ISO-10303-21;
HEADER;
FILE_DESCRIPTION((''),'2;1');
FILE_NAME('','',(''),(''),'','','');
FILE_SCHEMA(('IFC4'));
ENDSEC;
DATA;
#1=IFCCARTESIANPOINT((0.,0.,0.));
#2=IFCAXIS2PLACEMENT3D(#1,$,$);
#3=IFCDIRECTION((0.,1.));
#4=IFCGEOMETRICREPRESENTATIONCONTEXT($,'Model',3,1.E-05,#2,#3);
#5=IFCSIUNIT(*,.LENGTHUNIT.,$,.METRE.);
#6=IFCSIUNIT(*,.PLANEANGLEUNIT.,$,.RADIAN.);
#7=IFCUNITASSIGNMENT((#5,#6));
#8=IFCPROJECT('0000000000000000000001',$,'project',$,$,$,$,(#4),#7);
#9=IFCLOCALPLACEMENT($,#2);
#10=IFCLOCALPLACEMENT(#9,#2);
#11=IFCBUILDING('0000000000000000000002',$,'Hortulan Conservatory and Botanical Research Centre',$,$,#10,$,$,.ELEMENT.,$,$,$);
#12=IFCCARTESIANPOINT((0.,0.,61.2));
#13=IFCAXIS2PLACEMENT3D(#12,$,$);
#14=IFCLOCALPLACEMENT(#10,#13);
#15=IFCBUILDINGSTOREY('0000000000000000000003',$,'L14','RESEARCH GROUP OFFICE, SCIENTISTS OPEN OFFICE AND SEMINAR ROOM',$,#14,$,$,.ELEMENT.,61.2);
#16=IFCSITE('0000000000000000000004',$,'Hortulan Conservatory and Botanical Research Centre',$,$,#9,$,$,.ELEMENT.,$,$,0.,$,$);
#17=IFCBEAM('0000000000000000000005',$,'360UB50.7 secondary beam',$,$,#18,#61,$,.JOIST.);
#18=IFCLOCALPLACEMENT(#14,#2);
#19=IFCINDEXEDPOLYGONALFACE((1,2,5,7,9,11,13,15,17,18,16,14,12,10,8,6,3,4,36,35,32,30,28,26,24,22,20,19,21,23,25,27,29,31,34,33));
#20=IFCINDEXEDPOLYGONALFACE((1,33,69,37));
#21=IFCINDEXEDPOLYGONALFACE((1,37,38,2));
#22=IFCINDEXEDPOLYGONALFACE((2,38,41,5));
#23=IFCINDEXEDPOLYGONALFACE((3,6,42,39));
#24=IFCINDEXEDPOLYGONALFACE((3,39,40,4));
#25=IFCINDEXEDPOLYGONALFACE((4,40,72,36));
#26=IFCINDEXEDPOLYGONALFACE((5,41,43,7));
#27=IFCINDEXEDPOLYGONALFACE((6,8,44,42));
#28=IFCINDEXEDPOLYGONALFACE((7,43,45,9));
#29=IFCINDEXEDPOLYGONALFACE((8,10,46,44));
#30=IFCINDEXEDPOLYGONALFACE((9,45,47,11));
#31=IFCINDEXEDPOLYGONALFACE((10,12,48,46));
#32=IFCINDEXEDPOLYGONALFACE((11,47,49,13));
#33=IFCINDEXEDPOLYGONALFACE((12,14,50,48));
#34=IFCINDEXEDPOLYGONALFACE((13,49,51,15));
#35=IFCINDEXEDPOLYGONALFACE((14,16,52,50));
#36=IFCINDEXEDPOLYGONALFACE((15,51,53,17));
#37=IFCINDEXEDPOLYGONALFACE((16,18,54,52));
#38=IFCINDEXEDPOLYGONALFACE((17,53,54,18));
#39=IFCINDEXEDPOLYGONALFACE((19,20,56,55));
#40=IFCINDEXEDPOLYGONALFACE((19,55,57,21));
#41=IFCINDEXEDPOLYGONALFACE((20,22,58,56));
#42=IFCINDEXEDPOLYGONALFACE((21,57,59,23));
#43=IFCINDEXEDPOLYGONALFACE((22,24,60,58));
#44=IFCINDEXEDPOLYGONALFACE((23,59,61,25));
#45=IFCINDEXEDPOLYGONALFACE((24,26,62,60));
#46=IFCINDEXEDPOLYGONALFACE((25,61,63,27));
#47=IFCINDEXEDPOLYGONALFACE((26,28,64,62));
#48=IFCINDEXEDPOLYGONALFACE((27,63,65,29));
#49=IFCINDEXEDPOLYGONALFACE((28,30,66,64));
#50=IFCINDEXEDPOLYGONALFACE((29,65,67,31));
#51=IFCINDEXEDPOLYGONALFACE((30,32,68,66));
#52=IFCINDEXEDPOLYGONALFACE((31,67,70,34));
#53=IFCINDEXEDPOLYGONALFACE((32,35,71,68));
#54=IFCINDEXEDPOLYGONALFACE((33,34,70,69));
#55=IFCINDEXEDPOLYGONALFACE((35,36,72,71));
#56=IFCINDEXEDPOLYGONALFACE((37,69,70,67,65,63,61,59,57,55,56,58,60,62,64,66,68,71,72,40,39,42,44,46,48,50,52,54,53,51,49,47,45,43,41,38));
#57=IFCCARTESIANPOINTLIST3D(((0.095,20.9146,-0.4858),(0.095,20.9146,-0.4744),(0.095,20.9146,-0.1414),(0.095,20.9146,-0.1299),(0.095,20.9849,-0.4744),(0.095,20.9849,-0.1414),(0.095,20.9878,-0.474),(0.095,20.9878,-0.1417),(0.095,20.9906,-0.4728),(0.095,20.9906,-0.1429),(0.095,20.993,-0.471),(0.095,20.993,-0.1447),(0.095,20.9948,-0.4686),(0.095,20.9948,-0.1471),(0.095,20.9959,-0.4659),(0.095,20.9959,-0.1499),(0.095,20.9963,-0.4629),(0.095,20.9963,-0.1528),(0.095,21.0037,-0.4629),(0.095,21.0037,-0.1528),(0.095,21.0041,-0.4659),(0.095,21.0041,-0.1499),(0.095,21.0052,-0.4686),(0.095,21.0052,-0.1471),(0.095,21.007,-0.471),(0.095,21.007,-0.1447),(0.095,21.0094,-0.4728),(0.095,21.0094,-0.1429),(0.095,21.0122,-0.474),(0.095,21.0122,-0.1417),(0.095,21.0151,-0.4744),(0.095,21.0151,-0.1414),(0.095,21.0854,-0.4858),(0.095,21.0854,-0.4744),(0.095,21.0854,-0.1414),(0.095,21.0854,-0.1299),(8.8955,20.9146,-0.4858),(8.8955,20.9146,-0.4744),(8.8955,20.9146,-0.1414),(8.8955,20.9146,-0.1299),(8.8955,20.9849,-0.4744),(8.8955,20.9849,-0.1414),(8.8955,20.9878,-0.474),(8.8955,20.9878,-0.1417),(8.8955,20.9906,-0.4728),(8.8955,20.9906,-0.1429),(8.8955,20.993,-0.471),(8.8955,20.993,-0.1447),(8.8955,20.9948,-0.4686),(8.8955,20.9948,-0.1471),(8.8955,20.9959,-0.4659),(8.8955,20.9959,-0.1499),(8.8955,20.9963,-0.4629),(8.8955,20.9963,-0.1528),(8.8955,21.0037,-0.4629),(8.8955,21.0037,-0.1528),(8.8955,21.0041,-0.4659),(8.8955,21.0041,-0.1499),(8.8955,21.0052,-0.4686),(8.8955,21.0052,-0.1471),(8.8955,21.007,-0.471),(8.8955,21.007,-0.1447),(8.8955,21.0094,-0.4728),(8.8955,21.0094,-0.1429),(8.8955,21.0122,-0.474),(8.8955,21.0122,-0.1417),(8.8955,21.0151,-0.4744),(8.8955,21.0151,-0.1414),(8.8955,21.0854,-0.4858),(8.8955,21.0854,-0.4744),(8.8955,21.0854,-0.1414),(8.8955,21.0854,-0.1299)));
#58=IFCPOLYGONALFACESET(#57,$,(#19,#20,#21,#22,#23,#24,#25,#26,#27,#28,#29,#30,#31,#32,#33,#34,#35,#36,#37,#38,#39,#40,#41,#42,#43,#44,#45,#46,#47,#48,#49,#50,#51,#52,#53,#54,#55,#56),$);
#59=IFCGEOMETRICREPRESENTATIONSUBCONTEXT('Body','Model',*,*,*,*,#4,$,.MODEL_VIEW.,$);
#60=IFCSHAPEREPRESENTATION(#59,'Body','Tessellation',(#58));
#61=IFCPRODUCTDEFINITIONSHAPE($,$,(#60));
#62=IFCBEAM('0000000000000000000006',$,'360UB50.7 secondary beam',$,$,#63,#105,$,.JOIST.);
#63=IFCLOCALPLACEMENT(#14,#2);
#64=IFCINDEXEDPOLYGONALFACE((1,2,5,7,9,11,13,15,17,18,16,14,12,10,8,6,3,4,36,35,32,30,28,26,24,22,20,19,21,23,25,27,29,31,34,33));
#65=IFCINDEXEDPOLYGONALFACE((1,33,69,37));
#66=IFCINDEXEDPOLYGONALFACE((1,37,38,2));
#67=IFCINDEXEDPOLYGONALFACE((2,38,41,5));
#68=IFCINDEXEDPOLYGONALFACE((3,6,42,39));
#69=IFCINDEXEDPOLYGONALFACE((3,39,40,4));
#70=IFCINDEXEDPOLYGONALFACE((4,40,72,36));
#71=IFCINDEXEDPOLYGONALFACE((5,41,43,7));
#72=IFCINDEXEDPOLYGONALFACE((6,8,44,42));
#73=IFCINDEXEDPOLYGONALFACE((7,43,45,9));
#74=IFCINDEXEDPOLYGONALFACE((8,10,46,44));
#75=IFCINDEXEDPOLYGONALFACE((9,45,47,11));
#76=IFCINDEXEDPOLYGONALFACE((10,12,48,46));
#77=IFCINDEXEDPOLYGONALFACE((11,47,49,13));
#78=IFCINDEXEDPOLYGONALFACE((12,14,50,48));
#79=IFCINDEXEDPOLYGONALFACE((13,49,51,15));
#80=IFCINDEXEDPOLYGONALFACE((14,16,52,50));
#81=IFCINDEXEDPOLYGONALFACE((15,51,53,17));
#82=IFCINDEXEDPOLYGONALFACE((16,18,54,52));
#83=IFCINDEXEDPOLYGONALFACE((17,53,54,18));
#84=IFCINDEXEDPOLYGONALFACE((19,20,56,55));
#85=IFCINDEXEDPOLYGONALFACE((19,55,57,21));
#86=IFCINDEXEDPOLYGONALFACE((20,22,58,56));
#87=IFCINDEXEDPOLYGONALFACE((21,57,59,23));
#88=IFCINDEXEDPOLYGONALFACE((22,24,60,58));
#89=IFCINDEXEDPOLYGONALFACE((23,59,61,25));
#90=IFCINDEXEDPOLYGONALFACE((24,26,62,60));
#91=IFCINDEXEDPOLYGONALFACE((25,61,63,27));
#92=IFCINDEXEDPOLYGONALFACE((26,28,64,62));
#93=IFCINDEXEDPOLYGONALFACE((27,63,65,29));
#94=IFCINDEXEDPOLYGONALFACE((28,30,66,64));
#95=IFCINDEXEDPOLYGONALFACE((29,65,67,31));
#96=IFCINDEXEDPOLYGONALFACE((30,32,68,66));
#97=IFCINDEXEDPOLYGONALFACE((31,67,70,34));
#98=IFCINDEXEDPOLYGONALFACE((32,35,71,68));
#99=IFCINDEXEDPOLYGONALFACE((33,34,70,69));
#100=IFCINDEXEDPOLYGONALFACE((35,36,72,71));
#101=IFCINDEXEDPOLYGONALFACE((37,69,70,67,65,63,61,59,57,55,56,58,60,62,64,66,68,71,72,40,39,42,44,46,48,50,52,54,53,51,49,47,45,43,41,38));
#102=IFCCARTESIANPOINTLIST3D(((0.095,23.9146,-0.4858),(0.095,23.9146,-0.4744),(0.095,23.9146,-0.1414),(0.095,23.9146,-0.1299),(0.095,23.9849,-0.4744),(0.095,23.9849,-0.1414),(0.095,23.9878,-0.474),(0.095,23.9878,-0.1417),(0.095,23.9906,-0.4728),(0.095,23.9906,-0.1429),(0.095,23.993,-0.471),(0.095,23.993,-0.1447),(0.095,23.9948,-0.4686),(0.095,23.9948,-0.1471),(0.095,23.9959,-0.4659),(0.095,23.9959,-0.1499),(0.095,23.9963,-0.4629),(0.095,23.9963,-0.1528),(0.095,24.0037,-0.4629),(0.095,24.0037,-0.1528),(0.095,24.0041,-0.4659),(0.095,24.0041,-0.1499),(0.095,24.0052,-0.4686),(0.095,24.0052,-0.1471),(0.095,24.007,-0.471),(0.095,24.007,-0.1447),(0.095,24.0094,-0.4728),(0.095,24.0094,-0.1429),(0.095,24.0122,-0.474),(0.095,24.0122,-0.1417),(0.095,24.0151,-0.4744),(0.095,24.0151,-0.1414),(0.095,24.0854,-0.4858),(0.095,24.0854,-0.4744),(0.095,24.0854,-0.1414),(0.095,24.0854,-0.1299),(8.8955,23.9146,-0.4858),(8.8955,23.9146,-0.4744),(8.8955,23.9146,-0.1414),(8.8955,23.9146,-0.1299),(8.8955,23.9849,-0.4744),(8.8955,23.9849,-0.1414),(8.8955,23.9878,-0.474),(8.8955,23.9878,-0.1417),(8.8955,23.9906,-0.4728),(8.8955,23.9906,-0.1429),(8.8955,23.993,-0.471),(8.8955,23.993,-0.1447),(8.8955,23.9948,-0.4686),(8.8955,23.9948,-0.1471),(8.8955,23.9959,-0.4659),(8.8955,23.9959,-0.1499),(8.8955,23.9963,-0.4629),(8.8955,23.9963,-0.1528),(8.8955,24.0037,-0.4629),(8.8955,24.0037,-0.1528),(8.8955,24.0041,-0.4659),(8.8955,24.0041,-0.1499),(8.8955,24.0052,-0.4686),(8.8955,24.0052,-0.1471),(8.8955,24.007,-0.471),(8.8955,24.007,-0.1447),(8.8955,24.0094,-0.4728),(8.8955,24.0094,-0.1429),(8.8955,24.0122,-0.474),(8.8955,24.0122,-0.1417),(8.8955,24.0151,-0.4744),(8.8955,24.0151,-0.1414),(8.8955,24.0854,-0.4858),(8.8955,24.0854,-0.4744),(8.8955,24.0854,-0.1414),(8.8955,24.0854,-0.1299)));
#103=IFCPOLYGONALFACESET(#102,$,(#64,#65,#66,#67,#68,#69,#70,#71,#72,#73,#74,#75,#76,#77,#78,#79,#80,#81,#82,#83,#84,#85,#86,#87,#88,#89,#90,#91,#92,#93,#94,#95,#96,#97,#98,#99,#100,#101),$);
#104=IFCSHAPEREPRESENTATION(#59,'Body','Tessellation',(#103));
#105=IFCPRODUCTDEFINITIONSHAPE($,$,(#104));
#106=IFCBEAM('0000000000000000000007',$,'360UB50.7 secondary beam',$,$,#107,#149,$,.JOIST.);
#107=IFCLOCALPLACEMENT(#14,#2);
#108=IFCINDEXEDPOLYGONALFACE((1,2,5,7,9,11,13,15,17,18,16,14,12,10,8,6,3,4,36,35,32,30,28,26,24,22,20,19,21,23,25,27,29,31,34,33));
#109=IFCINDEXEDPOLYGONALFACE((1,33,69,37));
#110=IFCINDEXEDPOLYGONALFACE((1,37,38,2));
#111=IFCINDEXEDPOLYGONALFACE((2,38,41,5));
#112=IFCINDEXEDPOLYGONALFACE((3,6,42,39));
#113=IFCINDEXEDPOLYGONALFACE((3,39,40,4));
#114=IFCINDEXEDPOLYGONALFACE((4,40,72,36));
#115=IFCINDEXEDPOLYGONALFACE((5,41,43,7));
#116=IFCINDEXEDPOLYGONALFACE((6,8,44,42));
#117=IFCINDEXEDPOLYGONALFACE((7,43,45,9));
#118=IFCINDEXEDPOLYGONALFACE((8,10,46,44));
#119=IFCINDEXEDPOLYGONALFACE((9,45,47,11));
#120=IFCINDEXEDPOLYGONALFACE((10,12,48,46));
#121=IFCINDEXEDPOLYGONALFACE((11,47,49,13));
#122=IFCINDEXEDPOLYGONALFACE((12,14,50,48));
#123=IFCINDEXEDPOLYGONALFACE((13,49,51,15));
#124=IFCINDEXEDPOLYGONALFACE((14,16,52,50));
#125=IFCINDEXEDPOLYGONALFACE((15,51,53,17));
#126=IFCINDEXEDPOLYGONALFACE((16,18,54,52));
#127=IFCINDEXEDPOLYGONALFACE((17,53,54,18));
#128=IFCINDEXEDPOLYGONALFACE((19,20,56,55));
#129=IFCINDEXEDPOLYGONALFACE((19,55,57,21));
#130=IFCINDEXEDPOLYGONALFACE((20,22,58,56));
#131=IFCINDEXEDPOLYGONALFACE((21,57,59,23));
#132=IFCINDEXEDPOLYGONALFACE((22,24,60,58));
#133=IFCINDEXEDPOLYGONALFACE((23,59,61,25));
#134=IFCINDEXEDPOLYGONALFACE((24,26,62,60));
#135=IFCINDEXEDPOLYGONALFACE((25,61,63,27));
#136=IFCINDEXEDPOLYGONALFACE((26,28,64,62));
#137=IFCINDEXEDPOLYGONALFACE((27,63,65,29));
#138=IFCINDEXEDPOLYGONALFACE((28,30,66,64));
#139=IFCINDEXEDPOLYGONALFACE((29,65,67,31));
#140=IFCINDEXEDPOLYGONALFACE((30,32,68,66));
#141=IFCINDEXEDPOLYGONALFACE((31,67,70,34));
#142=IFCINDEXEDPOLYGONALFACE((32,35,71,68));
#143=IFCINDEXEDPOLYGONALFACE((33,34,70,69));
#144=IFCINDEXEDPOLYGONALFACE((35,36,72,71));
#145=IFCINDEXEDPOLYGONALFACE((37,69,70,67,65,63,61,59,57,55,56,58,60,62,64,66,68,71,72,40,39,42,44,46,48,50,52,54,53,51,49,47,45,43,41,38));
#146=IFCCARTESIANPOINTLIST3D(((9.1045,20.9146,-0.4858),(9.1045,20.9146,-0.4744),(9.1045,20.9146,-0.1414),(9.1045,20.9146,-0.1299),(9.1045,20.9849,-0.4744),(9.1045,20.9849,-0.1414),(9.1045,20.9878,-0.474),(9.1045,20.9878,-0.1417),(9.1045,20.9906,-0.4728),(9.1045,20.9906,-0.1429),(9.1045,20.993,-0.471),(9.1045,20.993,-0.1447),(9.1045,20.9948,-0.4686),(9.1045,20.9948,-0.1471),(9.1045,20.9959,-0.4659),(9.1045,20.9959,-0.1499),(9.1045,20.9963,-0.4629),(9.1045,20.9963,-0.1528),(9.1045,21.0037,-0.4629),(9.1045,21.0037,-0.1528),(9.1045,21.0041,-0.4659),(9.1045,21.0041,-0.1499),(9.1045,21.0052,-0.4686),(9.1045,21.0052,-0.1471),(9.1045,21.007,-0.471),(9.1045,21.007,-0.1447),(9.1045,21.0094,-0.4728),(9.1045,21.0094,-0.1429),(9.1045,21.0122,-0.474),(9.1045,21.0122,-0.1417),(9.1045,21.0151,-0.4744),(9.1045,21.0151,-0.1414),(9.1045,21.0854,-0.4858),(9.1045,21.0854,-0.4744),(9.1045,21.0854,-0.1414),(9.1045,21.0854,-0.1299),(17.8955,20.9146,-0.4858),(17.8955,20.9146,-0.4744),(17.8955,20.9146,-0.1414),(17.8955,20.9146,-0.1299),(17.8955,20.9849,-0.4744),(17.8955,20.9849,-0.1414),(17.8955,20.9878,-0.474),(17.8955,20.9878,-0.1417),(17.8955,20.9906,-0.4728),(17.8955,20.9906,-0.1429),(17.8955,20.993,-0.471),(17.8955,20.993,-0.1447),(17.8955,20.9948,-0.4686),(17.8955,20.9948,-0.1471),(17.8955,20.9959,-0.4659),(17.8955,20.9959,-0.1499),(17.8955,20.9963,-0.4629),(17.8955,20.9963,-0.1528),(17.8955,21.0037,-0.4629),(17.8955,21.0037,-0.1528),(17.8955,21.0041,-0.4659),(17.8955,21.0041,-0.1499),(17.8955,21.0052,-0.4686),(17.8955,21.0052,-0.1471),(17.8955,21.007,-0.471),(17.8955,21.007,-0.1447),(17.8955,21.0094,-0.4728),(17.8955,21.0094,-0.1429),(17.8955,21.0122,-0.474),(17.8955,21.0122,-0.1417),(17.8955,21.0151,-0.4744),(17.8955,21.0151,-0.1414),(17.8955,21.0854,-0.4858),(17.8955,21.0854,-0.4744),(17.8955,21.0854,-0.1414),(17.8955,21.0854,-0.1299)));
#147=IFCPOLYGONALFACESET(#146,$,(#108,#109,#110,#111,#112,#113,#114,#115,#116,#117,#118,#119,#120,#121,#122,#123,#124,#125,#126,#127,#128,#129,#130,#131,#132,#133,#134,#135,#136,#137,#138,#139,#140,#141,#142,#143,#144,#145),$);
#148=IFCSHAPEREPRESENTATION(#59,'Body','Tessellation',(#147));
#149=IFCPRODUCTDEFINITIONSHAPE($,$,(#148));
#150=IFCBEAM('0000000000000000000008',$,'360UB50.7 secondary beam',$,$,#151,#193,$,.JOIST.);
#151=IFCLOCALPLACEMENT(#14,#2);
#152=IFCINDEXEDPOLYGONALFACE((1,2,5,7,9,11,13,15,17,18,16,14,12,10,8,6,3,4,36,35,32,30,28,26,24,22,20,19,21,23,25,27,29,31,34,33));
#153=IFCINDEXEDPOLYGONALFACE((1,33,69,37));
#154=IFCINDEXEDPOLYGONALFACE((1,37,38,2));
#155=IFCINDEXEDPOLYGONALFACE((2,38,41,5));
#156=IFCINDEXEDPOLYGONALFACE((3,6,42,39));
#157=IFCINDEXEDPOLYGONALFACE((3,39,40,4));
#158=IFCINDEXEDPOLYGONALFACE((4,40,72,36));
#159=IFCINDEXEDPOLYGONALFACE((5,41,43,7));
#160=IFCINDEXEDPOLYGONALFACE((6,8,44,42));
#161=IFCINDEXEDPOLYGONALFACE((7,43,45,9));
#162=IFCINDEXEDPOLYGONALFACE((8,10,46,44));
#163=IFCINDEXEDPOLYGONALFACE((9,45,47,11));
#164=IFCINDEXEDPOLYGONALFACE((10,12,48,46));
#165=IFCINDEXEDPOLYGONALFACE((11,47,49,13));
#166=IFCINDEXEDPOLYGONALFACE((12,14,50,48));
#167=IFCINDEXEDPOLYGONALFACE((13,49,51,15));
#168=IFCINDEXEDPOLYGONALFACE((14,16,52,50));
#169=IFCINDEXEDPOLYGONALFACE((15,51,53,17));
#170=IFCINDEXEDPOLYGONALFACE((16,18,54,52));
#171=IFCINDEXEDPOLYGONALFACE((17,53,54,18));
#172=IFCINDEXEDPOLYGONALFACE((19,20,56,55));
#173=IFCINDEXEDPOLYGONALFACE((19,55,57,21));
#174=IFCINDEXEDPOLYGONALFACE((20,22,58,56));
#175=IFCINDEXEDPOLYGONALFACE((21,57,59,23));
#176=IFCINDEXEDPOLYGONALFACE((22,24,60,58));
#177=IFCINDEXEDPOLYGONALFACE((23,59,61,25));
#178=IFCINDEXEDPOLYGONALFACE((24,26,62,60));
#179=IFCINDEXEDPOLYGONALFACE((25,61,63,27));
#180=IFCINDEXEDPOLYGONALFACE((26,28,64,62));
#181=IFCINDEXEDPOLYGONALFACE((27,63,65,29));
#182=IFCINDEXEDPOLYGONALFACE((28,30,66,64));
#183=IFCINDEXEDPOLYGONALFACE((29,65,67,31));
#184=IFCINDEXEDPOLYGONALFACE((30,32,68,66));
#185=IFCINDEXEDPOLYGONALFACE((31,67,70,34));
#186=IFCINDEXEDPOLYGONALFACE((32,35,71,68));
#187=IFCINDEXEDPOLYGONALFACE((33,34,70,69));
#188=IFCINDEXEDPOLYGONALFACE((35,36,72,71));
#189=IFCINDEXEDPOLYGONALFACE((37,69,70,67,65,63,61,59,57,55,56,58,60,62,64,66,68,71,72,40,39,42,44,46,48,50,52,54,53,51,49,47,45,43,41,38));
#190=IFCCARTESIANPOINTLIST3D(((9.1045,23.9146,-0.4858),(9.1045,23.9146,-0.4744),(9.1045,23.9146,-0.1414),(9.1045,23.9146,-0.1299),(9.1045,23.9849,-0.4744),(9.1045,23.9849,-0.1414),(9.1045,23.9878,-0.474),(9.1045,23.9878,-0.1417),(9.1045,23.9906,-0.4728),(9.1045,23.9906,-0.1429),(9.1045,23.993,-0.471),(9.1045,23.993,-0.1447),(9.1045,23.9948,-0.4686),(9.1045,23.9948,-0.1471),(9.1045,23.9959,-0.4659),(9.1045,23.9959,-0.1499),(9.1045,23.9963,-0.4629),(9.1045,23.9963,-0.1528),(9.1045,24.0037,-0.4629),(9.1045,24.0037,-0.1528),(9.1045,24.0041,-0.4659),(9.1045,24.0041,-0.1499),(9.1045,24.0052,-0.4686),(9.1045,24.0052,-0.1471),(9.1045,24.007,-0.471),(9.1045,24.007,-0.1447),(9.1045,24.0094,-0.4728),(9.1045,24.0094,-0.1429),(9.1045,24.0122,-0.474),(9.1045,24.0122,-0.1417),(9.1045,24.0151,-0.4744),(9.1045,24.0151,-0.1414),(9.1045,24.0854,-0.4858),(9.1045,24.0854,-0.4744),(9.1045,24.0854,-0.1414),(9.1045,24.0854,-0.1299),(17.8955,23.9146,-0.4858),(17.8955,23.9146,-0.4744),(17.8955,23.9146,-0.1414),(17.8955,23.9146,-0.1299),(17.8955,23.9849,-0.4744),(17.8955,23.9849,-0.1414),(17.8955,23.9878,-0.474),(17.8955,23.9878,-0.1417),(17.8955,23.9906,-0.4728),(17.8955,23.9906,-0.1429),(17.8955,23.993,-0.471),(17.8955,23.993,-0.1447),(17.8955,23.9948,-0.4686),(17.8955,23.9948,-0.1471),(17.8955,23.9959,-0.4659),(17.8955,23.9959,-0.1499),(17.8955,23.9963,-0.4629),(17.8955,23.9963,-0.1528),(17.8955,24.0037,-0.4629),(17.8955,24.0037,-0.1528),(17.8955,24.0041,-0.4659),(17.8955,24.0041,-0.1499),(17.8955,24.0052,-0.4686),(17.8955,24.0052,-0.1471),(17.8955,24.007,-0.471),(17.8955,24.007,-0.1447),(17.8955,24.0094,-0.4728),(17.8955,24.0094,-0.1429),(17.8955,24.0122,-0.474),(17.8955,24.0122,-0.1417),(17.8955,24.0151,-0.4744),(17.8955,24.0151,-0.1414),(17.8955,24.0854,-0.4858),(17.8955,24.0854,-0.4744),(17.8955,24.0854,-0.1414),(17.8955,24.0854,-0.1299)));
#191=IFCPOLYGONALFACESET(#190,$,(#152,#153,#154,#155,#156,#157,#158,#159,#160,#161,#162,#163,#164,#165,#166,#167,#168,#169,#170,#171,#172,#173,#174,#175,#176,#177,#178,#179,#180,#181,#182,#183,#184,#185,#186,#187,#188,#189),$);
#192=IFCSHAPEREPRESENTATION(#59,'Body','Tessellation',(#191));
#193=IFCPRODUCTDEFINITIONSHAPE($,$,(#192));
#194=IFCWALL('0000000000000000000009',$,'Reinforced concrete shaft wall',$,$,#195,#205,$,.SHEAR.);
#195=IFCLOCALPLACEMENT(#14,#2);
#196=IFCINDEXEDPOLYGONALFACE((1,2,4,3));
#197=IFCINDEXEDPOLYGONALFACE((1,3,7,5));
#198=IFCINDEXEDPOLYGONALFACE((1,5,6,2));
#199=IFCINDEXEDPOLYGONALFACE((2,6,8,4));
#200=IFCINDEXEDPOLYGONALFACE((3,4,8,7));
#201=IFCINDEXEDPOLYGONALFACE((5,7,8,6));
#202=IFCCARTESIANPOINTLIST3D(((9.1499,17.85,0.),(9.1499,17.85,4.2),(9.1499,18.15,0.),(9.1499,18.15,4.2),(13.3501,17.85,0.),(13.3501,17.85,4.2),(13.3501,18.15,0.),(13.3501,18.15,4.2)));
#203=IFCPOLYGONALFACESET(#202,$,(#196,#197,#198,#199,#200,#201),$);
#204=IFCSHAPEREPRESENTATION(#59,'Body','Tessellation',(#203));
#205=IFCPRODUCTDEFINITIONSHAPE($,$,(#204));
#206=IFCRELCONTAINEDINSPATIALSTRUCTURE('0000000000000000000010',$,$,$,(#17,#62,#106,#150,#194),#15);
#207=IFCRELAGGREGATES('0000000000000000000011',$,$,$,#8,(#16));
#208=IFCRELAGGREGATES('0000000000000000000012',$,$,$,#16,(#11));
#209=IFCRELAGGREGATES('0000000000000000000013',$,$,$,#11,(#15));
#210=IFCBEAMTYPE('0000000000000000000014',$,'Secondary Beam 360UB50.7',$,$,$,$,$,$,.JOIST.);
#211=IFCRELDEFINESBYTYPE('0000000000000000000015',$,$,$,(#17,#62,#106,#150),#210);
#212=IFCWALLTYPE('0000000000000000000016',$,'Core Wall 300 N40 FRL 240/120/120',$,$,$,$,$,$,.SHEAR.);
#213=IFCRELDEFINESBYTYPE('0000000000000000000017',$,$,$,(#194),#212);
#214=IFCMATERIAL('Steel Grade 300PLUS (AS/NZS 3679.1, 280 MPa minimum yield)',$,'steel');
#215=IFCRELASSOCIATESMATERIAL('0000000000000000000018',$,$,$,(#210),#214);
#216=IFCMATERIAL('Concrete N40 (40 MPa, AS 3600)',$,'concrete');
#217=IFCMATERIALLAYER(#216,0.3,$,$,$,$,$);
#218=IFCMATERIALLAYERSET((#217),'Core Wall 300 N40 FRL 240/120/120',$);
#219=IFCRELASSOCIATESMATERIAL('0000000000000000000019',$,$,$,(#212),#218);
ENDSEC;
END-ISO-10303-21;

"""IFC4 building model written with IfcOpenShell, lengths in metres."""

from ifc_helpers import new_model, si_unit, direction, frame, frame_2d, origin, origin_2d, place, context, subcontext, project, spatial, rectangle, i_section, extrude, material, layer, layer_set, material_profile, profile_set, type_object, element, save


model = new_model("IFC4")

# Units and contexts
model_context = context("Model", 3, precision=1e-05, world=origin(), true_north=direction((0.0, 1.0)))
body_context = subcontext(model_context, "Body", "Model", "MODEL_VIEW")
ifc_project = project(units=[si_unit("LENGTHUNIT", "METRE"), si_unit("PLANEANGLEUNIT", "RADIAN")], contexts=[model_context])

# Site, building, storey
site_placement = place(None, origin())
site = spatial("IfcSite", under=ifc_project, at=site_placement, Name="Hortulan Conservatory and Botanical Research Centre", CompositionType="ELEMENT", RefElevation=0.0)
building_placement = place(site_placement, origin())
building = spatial("IfcBuilding", under=site, at=building_placement, Name="Hortulan Conservatory and Botanical Research Centre", CompositionType="ELEMENT")
storey_placement = place(building_placement, frame((0.0, 0.0, 61.2)))
storey = spatial("IfcBuildingStorey", under=building, at=storey_placement, Name="L14", Description="RESEARCH GROUP OFFICE, SCIENTISTS OPEN OFFICE AND SEMINAR ROOM", CompositionType="ELEMENT", Elevation=61.2)

# Shared definitions
ifc_material_1 = material(Name="Steel Grade 300PLUS (AS/NZS 3679.1, 280 MPa minimum yield)", Category="steel")

# Beams
ifc_material_profile_1 = material_profile(ifc_material_1, i_section(OverallWidth=0.1709, OverallDepth=0.356, WebThickness=0.0073, FlangeThickness=0.0115, FilletRadius=0.0115, at=origin_2d()), Name="360UB50.7")
ifc_profile_set_1 = profile_set([ifc_material_profile_1], Name="Steel Grade 300PLUS (AS/NZS 3679.1, 280 MPa minimum yield)")
beam_type_1 = type_object("IfcBeamType", Name="Secondary Beam 360UB50.7", PredefinedType="JOIST", material=ifc_profile_set_1)
for number, where, z_axis, x_axis, name in (
    (1, (0.095, 21.0, -0.3079), (1.0, 0.0, 0.0), (0.0, 1.0, 0.0), "360UB50.7 secondary beam"),
    (2, (0.095, 24.0, -0.3079), (1.0, 0.0, 0.0), (0.0, 1.0, 0.0), "360UB50.7 secondary beam"),
):
    element("IfcBeam", number, at=place(storey_placement, frame(where, z_axis=z_axis, x_axis=x_axis)), inside=storey, type_object=beam_type_1, Name=name, PredefinedType="JOIST", context=body_context, shape_type="SweptSolid", body=[
        extrude(i_section(OverallWidth=0.1709, OverallDepth=0.356, WebThickness=0.0073, FlangeThickness=0.0115, FilletRadius=0.0115, at=origin_2d()), origin(), (0.0, 0.0, 1.0), 8.8005),
    ])
for number, where, z_axis, x_axis, name in (
    (3, (9.1045, 21.0, -0.3079), (1.0, 0.0, 0.0), (0.0, 1.0, 0.0), "360UB50.7 secondary beam"),
    (4, (9.1045, 24.0, -0.3079), (1.0, 0.0, 0.0), (0.0, 1.0, 0.0), "360UB50.7 secondary beam"),
):
    element("IfcBeam", number, at=place(storey_placement, frame(where, z_axis=z_axis, x_axis=x_axis)), inside=storey, type_object=beam_type_1, Name=name, PredefinedType="JOIST", context=body_context, shape_type="SweptSolid", body=[
        extrude(i_section(OverallWidth=0.1709, OverallDepth=0.356, WebThickness=0.0073, FlangeThickness=0.0115, FilletRadius=0.0115, at=origin_2d()), origin(), (0.0, 0.0, 1.0), 8.791),
    ])

# Wall
ifc_material_2 = material(Name="Concrete N40 (40 MPa, AS 3600)", Category="concrete")
ifc_layer_1 = layer(ifc_material_2, 0.3)
ifc_layer_set_1 = layer_set([ifc_layer_1], Name="Core Wall 300 N40 FRL 240/120/120")
wall_type_1 = type_object("IfcWallType", Name="Core Wall 300 N40 FRL 240/120/120", PredefinedType="SHEAR", material=ifc_layer_set_1)
wall_1_placement = place(storey_placement, frame((9.1499, 18.0, 0.0), z_axis=(0.0, 0.0, 1.0), x_axis=(1.0, 0.0, 0.0)))
element("IfcWall", 5, at=wall_1_placement, inside=storey, type_object=wall_type_1, Name="Reinforced concrete shaft wall", PredefinedType="SHEAR", context=body_context, shape_type="SweptSolid", body=[
    extrude(rectangle(XDim=4.2002, YDim=0.3, at=frame_2d((2.1001, 0.0))), origin(), (0.0, 0.0, 1.0), 4.2),
])

save(model, "model.ifc")
